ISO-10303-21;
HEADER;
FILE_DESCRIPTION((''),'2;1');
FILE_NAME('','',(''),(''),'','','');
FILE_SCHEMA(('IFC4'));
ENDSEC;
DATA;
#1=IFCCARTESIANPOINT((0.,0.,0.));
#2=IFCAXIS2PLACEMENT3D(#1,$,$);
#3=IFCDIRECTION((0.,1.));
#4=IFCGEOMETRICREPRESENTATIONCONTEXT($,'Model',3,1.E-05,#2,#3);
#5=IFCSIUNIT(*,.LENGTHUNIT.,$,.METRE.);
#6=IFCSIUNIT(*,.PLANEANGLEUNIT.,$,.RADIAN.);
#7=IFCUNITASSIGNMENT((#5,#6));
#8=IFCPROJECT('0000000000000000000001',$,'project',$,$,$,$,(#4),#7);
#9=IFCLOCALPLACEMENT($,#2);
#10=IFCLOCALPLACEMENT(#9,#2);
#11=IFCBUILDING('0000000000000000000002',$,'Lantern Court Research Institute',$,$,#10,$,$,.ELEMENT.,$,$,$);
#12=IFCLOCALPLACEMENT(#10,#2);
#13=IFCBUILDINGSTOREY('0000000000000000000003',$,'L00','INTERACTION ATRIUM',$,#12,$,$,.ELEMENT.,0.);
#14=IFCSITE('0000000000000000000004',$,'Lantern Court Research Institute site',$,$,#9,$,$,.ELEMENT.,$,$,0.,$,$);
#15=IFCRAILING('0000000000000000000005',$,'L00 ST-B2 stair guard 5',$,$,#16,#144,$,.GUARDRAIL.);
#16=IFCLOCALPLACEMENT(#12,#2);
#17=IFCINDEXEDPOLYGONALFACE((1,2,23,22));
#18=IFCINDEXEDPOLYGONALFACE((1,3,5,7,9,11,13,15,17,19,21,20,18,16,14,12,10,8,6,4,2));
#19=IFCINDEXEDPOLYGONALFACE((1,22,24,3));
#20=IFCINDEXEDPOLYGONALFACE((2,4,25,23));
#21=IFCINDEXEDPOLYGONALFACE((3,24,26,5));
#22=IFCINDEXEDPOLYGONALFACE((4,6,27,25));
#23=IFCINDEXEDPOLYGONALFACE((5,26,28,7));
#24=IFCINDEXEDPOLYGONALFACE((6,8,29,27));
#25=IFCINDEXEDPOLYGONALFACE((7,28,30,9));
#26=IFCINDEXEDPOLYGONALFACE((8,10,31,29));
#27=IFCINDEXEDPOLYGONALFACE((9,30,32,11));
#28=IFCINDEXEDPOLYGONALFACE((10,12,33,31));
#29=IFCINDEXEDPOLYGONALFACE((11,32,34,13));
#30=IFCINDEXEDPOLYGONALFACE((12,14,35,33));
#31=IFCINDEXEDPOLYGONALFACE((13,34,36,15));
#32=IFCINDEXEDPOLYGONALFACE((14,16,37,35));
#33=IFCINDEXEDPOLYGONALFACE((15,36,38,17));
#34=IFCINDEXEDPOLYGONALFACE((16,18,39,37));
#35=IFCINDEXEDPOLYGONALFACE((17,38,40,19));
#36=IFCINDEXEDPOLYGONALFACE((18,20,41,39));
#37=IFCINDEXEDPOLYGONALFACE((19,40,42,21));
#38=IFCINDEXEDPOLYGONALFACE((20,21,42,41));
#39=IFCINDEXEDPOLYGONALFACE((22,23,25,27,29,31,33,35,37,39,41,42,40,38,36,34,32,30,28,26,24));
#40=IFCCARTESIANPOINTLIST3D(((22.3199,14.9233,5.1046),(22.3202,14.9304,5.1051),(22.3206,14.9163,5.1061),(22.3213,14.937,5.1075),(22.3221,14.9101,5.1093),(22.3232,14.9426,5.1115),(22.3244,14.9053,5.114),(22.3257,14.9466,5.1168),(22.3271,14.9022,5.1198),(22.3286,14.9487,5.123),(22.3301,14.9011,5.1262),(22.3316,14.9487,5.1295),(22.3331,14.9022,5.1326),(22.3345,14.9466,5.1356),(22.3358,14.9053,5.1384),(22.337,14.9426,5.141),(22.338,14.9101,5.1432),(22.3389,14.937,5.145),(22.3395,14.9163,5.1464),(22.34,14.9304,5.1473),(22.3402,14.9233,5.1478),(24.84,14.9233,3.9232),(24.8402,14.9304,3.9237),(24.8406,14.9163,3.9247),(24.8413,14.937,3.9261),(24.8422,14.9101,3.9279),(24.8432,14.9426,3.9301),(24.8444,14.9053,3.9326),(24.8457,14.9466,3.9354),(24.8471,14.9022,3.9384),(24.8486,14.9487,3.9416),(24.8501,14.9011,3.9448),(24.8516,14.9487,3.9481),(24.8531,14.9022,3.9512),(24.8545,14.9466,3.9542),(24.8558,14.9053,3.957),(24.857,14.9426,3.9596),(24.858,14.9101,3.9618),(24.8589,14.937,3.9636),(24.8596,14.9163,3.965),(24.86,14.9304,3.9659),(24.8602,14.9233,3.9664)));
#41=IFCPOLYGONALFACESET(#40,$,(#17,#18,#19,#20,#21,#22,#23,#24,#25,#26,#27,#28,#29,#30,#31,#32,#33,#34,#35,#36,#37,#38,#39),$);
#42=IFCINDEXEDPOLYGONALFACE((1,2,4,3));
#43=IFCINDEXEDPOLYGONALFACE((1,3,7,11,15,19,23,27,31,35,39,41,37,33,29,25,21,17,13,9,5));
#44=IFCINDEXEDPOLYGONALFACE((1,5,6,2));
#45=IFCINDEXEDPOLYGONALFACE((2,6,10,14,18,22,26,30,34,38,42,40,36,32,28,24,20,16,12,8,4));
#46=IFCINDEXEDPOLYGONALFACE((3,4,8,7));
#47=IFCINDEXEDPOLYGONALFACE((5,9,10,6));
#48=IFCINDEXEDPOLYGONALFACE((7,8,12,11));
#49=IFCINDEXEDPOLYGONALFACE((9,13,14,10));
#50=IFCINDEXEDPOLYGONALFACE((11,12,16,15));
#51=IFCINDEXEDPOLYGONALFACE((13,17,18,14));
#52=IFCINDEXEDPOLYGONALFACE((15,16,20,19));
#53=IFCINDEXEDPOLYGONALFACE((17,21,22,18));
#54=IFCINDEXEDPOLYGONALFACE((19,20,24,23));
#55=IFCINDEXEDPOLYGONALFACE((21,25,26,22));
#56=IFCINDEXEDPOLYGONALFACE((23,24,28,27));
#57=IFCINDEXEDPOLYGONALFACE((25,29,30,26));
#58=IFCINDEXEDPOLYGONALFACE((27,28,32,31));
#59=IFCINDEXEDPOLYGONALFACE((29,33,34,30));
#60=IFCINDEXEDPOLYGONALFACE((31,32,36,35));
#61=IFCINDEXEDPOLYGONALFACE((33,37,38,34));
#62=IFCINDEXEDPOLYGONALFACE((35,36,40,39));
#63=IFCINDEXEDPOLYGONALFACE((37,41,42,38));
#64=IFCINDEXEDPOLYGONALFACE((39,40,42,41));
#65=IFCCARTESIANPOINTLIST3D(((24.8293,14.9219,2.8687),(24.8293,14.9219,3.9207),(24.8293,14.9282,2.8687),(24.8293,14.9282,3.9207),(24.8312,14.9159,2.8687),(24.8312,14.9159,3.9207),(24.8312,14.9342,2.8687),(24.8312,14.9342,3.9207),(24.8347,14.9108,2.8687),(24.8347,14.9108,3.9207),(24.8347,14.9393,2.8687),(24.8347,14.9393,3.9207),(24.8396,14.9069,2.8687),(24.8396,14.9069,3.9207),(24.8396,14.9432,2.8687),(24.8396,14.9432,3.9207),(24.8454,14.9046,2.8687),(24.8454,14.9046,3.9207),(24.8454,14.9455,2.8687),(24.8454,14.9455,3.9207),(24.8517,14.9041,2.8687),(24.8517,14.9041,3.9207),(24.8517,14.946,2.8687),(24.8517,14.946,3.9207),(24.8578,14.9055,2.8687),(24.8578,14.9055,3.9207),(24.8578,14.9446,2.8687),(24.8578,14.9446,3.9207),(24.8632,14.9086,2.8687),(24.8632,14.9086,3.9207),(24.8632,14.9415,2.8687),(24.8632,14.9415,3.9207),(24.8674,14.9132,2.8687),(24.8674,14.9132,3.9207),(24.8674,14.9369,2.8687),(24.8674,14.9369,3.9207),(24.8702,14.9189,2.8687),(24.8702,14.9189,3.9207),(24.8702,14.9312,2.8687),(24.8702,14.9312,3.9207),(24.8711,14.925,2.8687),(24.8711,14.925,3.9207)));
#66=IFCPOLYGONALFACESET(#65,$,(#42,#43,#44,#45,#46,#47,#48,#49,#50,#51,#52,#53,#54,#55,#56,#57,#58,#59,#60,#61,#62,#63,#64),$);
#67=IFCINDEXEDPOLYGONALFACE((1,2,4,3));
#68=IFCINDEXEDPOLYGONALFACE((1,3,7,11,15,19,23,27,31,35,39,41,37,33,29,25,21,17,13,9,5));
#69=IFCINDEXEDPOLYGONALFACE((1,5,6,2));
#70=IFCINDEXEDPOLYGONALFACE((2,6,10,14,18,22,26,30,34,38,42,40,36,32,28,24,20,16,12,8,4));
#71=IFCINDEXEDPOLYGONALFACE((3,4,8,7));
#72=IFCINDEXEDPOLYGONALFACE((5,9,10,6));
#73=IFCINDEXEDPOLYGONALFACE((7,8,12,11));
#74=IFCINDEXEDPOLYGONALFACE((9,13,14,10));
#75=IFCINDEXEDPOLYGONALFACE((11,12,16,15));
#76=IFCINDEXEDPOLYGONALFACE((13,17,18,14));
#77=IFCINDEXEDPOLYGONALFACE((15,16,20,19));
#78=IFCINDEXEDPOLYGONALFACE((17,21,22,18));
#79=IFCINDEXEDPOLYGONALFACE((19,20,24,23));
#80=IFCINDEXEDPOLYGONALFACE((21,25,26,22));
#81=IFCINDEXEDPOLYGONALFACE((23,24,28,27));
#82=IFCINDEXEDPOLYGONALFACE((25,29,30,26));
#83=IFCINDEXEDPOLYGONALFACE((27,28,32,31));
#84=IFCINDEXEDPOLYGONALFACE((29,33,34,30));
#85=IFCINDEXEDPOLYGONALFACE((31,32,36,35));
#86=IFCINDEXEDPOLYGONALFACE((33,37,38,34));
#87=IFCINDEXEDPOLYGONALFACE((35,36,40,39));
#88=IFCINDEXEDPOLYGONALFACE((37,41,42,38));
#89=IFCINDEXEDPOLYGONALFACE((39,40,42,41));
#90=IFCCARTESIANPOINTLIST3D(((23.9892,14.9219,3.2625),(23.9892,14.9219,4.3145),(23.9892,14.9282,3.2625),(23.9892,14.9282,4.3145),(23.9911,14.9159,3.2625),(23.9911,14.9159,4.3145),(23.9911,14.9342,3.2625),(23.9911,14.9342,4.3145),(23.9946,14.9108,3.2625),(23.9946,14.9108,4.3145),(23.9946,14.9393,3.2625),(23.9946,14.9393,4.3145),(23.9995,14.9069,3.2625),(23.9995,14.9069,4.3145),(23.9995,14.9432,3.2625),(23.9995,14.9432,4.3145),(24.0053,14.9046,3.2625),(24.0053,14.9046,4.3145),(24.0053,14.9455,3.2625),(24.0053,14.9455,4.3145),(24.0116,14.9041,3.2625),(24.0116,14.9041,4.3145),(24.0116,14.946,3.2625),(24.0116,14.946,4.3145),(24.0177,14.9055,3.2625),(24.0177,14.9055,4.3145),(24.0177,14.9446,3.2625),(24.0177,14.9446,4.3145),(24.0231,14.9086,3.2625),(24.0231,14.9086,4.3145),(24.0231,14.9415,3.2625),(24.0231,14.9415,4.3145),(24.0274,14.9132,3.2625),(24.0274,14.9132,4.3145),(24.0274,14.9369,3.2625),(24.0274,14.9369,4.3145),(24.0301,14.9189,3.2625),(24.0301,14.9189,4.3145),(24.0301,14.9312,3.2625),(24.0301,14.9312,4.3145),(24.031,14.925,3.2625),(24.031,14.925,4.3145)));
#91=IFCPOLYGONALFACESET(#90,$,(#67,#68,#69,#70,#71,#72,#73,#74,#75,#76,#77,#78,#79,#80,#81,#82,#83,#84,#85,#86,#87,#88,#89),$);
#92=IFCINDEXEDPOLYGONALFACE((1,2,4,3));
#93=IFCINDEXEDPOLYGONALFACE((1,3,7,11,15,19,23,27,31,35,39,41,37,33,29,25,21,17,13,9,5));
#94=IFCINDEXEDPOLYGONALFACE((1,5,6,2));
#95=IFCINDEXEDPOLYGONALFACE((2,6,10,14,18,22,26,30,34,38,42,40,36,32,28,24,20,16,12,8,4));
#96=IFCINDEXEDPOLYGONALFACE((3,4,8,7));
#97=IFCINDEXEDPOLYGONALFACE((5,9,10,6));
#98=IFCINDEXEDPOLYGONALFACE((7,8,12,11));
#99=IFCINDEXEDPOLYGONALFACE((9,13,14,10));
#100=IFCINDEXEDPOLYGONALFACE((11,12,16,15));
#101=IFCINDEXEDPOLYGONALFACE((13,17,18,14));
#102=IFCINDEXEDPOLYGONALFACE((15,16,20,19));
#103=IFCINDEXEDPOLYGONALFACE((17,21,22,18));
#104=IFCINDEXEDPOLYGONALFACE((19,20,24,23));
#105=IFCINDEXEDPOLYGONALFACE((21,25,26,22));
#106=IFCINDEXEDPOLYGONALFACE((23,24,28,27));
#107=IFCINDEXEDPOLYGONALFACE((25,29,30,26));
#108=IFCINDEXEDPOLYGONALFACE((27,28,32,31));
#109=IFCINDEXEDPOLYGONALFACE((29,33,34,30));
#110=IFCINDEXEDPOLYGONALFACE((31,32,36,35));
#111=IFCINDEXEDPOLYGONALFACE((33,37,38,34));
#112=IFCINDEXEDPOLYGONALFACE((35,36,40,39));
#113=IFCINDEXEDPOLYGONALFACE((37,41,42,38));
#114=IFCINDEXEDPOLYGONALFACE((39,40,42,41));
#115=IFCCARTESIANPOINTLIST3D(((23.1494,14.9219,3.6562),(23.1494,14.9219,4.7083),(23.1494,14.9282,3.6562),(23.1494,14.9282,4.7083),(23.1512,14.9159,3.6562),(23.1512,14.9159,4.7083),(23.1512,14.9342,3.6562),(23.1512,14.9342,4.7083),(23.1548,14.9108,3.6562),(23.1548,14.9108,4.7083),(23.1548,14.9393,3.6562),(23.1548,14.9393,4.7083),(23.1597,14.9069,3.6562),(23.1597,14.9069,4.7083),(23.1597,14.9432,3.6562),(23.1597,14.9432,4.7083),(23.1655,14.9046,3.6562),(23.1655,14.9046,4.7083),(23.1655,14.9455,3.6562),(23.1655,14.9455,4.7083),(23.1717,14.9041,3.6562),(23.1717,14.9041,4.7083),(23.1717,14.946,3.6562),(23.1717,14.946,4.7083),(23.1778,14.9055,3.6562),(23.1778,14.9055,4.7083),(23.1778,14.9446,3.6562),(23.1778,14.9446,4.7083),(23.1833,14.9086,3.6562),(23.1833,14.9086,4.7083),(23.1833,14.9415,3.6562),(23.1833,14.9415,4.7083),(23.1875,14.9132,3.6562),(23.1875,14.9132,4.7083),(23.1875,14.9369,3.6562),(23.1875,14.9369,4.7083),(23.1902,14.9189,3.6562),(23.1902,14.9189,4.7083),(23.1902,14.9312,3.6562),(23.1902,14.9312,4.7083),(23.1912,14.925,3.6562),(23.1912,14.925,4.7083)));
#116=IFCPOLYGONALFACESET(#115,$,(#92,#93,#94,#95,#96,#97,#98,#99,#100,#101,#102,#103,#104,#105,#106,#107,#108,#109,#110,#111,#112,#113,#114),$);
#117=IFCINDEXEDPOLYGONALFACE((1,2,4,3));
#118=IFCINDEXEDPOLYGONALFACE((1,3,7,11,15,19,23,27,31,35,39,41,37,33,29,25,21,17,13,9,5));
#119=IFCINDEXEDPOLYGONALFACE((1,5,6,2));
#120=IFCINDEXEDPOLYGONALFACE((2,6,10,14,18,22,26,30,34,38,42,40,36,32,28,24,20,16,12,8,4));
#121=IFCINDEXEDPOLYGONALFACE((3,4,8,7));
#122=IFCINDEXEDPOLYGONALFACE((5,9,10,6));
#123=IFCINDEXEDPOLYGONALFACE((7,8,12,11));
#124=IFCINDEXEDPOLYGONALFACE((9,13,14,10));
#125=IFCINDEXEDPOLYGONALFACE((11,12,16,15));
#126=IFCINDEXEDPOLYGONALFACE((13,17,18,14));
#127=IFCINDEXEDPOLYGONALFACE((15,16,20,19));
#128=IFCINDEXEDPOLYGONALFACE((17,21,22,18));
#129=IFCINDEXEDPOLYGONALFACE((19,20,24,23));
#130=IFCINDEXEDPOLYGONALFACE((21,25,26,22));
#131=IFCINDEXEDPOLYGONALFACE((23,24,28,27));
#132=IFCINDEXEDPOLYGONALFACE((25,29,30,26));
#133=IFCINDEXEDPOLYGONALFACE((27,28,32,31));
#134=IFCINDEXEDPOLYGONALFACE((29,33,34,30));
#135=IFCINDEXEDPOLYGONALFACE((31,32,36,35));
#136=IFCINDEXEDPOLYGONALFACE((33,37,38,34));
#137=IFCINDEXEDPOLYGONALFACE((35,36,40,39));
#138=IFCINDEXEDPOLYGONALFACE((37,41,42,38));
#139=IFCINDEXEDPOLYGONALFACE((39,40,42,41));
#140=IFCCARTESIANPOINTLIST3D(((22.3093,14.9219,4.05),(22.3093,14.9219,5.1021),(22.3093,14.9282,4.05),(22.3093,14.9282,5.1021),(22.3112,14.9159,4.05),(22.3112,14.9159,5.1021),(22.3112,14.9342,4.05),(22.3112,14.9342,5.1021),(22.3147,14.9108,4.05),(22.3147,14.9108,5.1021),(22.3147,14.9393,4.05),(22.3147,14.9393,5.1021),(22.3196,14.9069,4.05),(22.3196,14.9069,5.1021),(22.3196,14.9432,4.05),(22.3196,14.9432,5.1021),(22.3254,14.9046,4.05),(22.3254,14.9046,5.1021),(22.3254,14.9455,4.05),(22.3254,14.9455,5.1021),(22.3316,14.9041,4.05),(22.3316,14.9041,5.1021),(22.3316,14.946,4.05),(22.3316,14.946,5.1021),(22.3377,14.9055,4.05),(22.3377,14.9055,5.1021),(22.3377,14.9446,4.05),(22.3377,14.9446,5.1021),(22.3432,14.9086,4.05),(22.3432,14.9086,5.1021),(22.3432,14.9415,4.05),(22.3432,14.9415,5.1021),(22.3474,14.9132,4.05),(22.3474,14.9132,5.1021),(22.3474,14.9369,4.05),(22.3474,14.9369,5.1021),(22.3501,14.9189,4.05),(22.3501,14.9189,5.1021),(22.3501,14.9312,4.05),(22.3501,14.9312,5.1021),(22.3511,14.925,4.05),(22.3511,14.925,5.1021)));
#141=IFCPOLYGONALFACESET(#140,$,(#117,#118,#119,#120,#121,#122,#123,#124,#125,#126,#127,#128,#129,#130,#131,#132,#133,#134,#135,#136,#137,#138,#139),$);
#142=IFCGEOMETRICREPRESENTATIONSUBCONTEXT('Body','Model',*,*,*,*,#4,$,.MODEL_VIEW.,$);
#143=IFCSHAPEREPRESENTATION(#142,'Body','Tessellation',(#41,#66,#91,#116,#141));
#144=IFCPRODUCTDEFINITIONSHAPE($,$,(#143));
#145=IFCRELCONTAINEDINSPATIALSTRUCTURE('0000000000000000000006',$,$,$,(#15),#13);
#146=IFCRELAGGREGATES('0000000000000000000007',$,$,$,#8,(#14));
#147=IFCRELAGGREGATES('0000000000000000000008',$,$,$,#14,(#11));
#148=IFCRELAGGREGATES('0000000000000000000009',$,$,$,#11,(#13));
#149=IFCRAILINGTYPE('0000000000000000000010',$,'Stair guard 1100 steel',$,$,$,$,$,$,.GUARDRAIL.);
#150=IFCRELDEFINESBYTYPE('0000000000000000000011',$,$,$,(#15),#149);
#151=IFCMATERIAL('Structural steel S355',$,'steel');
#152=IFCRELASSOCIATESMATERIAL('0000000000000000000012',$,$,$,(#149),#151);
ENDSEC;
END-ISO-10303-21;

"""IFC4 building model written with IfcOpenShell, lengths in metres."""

from ifc_helpers import new_model, si_unit, direction, frame, origin, origin_2d, place, context, subcontext, project, spatial, circle, extrude, material, type_object, element, save


model = new_model("IFC4")

# Units and contexts
model_context = context("Model", 3, precision=1e-05, world=origin(), true_north=direction((0.0, 1.0)))
body_context = subcontext(model_context, "Body", "Model", "MODEL_VIEW")
ifc_project = project(units=[si_unit("LENGTHUNIT", "METRE"), si_unit("PLANEANGLEUNIT", "RADIAN")], contexts=[model_context])

# Site, building, storey
site_placement = place(None, origin())
site = spatial("IfcSite", under=ifc_project, at=site_placement, Name="Lantern Court Research Institute site", CompositionType="ELEMENT", RefElevation=0.0)
building_placement = place(site_placement, origin())
building = spatial("IfcBuilding", under=site, at=building_placement, Name="Lantern Court Research Institute", CompositionType="ELEMENT")
storey_placement = place(building_placement, origin())
storey = spatial("IfcBuildingStorey", under=building, at=storey_placement, Name="L00", Description="INTERACTION ATRIUM", CompositionType="ELEMENT", Elevation=0.0)

# Railing
ifc_material_1 = material(Name="Structural steel S355", Category="steel")
railing_type_1 = type_object("IfcRailingType", Name="Stair guard 1100 steel", PredefinedType="GUARDRAIL", material=ifc_material_1)
for number, where, name in (
    (1, (24.8501, 14.925, 2.8687), "L00 ST-B2 stair guard 5"),
):
    element("IfcRailing", number, at=place(storey_placement, frame(where)), inside=storey, type_object=railing_type_1, Name=name, PredefinedType="GUARDRAIL", context=body_context, shape_type="SweptSolid", body=[
        extrude(circle(Radius=0.0239, at=origin_2d()), frame((0.0, 0.0, 1.0762), z_axis=(-0.90544, 0.0, 0.424474), x_axis=(0.0, -1.0, 0.0)), (0.0, 0.0, 1.0), 2.7832),
        extrude(circle(Radius=0.021, at=origin_2d()), origin(), (0.0, 0.0, 1.0), 1.052),
        extrude(circle(Radius=0.021, at=origin_2d()), frame((-0.8401, 0.0, 0.3938)), (0.0, 0.0, 1.0), 1.052),
        extrude(circle(Radius=0.021, at=origin_2d()), frame((-1.6799, 0.0, 0.7876)), (0.0, 0.0, 1.0), 1.052),
        extrude(circle(Radius=0.021, at=origin_2d()), frame((-2.52, 0.0, 1.1814)), (0.0, 0.0, 1.0), 1.052),
    ])

save(model, "model.ifc")
